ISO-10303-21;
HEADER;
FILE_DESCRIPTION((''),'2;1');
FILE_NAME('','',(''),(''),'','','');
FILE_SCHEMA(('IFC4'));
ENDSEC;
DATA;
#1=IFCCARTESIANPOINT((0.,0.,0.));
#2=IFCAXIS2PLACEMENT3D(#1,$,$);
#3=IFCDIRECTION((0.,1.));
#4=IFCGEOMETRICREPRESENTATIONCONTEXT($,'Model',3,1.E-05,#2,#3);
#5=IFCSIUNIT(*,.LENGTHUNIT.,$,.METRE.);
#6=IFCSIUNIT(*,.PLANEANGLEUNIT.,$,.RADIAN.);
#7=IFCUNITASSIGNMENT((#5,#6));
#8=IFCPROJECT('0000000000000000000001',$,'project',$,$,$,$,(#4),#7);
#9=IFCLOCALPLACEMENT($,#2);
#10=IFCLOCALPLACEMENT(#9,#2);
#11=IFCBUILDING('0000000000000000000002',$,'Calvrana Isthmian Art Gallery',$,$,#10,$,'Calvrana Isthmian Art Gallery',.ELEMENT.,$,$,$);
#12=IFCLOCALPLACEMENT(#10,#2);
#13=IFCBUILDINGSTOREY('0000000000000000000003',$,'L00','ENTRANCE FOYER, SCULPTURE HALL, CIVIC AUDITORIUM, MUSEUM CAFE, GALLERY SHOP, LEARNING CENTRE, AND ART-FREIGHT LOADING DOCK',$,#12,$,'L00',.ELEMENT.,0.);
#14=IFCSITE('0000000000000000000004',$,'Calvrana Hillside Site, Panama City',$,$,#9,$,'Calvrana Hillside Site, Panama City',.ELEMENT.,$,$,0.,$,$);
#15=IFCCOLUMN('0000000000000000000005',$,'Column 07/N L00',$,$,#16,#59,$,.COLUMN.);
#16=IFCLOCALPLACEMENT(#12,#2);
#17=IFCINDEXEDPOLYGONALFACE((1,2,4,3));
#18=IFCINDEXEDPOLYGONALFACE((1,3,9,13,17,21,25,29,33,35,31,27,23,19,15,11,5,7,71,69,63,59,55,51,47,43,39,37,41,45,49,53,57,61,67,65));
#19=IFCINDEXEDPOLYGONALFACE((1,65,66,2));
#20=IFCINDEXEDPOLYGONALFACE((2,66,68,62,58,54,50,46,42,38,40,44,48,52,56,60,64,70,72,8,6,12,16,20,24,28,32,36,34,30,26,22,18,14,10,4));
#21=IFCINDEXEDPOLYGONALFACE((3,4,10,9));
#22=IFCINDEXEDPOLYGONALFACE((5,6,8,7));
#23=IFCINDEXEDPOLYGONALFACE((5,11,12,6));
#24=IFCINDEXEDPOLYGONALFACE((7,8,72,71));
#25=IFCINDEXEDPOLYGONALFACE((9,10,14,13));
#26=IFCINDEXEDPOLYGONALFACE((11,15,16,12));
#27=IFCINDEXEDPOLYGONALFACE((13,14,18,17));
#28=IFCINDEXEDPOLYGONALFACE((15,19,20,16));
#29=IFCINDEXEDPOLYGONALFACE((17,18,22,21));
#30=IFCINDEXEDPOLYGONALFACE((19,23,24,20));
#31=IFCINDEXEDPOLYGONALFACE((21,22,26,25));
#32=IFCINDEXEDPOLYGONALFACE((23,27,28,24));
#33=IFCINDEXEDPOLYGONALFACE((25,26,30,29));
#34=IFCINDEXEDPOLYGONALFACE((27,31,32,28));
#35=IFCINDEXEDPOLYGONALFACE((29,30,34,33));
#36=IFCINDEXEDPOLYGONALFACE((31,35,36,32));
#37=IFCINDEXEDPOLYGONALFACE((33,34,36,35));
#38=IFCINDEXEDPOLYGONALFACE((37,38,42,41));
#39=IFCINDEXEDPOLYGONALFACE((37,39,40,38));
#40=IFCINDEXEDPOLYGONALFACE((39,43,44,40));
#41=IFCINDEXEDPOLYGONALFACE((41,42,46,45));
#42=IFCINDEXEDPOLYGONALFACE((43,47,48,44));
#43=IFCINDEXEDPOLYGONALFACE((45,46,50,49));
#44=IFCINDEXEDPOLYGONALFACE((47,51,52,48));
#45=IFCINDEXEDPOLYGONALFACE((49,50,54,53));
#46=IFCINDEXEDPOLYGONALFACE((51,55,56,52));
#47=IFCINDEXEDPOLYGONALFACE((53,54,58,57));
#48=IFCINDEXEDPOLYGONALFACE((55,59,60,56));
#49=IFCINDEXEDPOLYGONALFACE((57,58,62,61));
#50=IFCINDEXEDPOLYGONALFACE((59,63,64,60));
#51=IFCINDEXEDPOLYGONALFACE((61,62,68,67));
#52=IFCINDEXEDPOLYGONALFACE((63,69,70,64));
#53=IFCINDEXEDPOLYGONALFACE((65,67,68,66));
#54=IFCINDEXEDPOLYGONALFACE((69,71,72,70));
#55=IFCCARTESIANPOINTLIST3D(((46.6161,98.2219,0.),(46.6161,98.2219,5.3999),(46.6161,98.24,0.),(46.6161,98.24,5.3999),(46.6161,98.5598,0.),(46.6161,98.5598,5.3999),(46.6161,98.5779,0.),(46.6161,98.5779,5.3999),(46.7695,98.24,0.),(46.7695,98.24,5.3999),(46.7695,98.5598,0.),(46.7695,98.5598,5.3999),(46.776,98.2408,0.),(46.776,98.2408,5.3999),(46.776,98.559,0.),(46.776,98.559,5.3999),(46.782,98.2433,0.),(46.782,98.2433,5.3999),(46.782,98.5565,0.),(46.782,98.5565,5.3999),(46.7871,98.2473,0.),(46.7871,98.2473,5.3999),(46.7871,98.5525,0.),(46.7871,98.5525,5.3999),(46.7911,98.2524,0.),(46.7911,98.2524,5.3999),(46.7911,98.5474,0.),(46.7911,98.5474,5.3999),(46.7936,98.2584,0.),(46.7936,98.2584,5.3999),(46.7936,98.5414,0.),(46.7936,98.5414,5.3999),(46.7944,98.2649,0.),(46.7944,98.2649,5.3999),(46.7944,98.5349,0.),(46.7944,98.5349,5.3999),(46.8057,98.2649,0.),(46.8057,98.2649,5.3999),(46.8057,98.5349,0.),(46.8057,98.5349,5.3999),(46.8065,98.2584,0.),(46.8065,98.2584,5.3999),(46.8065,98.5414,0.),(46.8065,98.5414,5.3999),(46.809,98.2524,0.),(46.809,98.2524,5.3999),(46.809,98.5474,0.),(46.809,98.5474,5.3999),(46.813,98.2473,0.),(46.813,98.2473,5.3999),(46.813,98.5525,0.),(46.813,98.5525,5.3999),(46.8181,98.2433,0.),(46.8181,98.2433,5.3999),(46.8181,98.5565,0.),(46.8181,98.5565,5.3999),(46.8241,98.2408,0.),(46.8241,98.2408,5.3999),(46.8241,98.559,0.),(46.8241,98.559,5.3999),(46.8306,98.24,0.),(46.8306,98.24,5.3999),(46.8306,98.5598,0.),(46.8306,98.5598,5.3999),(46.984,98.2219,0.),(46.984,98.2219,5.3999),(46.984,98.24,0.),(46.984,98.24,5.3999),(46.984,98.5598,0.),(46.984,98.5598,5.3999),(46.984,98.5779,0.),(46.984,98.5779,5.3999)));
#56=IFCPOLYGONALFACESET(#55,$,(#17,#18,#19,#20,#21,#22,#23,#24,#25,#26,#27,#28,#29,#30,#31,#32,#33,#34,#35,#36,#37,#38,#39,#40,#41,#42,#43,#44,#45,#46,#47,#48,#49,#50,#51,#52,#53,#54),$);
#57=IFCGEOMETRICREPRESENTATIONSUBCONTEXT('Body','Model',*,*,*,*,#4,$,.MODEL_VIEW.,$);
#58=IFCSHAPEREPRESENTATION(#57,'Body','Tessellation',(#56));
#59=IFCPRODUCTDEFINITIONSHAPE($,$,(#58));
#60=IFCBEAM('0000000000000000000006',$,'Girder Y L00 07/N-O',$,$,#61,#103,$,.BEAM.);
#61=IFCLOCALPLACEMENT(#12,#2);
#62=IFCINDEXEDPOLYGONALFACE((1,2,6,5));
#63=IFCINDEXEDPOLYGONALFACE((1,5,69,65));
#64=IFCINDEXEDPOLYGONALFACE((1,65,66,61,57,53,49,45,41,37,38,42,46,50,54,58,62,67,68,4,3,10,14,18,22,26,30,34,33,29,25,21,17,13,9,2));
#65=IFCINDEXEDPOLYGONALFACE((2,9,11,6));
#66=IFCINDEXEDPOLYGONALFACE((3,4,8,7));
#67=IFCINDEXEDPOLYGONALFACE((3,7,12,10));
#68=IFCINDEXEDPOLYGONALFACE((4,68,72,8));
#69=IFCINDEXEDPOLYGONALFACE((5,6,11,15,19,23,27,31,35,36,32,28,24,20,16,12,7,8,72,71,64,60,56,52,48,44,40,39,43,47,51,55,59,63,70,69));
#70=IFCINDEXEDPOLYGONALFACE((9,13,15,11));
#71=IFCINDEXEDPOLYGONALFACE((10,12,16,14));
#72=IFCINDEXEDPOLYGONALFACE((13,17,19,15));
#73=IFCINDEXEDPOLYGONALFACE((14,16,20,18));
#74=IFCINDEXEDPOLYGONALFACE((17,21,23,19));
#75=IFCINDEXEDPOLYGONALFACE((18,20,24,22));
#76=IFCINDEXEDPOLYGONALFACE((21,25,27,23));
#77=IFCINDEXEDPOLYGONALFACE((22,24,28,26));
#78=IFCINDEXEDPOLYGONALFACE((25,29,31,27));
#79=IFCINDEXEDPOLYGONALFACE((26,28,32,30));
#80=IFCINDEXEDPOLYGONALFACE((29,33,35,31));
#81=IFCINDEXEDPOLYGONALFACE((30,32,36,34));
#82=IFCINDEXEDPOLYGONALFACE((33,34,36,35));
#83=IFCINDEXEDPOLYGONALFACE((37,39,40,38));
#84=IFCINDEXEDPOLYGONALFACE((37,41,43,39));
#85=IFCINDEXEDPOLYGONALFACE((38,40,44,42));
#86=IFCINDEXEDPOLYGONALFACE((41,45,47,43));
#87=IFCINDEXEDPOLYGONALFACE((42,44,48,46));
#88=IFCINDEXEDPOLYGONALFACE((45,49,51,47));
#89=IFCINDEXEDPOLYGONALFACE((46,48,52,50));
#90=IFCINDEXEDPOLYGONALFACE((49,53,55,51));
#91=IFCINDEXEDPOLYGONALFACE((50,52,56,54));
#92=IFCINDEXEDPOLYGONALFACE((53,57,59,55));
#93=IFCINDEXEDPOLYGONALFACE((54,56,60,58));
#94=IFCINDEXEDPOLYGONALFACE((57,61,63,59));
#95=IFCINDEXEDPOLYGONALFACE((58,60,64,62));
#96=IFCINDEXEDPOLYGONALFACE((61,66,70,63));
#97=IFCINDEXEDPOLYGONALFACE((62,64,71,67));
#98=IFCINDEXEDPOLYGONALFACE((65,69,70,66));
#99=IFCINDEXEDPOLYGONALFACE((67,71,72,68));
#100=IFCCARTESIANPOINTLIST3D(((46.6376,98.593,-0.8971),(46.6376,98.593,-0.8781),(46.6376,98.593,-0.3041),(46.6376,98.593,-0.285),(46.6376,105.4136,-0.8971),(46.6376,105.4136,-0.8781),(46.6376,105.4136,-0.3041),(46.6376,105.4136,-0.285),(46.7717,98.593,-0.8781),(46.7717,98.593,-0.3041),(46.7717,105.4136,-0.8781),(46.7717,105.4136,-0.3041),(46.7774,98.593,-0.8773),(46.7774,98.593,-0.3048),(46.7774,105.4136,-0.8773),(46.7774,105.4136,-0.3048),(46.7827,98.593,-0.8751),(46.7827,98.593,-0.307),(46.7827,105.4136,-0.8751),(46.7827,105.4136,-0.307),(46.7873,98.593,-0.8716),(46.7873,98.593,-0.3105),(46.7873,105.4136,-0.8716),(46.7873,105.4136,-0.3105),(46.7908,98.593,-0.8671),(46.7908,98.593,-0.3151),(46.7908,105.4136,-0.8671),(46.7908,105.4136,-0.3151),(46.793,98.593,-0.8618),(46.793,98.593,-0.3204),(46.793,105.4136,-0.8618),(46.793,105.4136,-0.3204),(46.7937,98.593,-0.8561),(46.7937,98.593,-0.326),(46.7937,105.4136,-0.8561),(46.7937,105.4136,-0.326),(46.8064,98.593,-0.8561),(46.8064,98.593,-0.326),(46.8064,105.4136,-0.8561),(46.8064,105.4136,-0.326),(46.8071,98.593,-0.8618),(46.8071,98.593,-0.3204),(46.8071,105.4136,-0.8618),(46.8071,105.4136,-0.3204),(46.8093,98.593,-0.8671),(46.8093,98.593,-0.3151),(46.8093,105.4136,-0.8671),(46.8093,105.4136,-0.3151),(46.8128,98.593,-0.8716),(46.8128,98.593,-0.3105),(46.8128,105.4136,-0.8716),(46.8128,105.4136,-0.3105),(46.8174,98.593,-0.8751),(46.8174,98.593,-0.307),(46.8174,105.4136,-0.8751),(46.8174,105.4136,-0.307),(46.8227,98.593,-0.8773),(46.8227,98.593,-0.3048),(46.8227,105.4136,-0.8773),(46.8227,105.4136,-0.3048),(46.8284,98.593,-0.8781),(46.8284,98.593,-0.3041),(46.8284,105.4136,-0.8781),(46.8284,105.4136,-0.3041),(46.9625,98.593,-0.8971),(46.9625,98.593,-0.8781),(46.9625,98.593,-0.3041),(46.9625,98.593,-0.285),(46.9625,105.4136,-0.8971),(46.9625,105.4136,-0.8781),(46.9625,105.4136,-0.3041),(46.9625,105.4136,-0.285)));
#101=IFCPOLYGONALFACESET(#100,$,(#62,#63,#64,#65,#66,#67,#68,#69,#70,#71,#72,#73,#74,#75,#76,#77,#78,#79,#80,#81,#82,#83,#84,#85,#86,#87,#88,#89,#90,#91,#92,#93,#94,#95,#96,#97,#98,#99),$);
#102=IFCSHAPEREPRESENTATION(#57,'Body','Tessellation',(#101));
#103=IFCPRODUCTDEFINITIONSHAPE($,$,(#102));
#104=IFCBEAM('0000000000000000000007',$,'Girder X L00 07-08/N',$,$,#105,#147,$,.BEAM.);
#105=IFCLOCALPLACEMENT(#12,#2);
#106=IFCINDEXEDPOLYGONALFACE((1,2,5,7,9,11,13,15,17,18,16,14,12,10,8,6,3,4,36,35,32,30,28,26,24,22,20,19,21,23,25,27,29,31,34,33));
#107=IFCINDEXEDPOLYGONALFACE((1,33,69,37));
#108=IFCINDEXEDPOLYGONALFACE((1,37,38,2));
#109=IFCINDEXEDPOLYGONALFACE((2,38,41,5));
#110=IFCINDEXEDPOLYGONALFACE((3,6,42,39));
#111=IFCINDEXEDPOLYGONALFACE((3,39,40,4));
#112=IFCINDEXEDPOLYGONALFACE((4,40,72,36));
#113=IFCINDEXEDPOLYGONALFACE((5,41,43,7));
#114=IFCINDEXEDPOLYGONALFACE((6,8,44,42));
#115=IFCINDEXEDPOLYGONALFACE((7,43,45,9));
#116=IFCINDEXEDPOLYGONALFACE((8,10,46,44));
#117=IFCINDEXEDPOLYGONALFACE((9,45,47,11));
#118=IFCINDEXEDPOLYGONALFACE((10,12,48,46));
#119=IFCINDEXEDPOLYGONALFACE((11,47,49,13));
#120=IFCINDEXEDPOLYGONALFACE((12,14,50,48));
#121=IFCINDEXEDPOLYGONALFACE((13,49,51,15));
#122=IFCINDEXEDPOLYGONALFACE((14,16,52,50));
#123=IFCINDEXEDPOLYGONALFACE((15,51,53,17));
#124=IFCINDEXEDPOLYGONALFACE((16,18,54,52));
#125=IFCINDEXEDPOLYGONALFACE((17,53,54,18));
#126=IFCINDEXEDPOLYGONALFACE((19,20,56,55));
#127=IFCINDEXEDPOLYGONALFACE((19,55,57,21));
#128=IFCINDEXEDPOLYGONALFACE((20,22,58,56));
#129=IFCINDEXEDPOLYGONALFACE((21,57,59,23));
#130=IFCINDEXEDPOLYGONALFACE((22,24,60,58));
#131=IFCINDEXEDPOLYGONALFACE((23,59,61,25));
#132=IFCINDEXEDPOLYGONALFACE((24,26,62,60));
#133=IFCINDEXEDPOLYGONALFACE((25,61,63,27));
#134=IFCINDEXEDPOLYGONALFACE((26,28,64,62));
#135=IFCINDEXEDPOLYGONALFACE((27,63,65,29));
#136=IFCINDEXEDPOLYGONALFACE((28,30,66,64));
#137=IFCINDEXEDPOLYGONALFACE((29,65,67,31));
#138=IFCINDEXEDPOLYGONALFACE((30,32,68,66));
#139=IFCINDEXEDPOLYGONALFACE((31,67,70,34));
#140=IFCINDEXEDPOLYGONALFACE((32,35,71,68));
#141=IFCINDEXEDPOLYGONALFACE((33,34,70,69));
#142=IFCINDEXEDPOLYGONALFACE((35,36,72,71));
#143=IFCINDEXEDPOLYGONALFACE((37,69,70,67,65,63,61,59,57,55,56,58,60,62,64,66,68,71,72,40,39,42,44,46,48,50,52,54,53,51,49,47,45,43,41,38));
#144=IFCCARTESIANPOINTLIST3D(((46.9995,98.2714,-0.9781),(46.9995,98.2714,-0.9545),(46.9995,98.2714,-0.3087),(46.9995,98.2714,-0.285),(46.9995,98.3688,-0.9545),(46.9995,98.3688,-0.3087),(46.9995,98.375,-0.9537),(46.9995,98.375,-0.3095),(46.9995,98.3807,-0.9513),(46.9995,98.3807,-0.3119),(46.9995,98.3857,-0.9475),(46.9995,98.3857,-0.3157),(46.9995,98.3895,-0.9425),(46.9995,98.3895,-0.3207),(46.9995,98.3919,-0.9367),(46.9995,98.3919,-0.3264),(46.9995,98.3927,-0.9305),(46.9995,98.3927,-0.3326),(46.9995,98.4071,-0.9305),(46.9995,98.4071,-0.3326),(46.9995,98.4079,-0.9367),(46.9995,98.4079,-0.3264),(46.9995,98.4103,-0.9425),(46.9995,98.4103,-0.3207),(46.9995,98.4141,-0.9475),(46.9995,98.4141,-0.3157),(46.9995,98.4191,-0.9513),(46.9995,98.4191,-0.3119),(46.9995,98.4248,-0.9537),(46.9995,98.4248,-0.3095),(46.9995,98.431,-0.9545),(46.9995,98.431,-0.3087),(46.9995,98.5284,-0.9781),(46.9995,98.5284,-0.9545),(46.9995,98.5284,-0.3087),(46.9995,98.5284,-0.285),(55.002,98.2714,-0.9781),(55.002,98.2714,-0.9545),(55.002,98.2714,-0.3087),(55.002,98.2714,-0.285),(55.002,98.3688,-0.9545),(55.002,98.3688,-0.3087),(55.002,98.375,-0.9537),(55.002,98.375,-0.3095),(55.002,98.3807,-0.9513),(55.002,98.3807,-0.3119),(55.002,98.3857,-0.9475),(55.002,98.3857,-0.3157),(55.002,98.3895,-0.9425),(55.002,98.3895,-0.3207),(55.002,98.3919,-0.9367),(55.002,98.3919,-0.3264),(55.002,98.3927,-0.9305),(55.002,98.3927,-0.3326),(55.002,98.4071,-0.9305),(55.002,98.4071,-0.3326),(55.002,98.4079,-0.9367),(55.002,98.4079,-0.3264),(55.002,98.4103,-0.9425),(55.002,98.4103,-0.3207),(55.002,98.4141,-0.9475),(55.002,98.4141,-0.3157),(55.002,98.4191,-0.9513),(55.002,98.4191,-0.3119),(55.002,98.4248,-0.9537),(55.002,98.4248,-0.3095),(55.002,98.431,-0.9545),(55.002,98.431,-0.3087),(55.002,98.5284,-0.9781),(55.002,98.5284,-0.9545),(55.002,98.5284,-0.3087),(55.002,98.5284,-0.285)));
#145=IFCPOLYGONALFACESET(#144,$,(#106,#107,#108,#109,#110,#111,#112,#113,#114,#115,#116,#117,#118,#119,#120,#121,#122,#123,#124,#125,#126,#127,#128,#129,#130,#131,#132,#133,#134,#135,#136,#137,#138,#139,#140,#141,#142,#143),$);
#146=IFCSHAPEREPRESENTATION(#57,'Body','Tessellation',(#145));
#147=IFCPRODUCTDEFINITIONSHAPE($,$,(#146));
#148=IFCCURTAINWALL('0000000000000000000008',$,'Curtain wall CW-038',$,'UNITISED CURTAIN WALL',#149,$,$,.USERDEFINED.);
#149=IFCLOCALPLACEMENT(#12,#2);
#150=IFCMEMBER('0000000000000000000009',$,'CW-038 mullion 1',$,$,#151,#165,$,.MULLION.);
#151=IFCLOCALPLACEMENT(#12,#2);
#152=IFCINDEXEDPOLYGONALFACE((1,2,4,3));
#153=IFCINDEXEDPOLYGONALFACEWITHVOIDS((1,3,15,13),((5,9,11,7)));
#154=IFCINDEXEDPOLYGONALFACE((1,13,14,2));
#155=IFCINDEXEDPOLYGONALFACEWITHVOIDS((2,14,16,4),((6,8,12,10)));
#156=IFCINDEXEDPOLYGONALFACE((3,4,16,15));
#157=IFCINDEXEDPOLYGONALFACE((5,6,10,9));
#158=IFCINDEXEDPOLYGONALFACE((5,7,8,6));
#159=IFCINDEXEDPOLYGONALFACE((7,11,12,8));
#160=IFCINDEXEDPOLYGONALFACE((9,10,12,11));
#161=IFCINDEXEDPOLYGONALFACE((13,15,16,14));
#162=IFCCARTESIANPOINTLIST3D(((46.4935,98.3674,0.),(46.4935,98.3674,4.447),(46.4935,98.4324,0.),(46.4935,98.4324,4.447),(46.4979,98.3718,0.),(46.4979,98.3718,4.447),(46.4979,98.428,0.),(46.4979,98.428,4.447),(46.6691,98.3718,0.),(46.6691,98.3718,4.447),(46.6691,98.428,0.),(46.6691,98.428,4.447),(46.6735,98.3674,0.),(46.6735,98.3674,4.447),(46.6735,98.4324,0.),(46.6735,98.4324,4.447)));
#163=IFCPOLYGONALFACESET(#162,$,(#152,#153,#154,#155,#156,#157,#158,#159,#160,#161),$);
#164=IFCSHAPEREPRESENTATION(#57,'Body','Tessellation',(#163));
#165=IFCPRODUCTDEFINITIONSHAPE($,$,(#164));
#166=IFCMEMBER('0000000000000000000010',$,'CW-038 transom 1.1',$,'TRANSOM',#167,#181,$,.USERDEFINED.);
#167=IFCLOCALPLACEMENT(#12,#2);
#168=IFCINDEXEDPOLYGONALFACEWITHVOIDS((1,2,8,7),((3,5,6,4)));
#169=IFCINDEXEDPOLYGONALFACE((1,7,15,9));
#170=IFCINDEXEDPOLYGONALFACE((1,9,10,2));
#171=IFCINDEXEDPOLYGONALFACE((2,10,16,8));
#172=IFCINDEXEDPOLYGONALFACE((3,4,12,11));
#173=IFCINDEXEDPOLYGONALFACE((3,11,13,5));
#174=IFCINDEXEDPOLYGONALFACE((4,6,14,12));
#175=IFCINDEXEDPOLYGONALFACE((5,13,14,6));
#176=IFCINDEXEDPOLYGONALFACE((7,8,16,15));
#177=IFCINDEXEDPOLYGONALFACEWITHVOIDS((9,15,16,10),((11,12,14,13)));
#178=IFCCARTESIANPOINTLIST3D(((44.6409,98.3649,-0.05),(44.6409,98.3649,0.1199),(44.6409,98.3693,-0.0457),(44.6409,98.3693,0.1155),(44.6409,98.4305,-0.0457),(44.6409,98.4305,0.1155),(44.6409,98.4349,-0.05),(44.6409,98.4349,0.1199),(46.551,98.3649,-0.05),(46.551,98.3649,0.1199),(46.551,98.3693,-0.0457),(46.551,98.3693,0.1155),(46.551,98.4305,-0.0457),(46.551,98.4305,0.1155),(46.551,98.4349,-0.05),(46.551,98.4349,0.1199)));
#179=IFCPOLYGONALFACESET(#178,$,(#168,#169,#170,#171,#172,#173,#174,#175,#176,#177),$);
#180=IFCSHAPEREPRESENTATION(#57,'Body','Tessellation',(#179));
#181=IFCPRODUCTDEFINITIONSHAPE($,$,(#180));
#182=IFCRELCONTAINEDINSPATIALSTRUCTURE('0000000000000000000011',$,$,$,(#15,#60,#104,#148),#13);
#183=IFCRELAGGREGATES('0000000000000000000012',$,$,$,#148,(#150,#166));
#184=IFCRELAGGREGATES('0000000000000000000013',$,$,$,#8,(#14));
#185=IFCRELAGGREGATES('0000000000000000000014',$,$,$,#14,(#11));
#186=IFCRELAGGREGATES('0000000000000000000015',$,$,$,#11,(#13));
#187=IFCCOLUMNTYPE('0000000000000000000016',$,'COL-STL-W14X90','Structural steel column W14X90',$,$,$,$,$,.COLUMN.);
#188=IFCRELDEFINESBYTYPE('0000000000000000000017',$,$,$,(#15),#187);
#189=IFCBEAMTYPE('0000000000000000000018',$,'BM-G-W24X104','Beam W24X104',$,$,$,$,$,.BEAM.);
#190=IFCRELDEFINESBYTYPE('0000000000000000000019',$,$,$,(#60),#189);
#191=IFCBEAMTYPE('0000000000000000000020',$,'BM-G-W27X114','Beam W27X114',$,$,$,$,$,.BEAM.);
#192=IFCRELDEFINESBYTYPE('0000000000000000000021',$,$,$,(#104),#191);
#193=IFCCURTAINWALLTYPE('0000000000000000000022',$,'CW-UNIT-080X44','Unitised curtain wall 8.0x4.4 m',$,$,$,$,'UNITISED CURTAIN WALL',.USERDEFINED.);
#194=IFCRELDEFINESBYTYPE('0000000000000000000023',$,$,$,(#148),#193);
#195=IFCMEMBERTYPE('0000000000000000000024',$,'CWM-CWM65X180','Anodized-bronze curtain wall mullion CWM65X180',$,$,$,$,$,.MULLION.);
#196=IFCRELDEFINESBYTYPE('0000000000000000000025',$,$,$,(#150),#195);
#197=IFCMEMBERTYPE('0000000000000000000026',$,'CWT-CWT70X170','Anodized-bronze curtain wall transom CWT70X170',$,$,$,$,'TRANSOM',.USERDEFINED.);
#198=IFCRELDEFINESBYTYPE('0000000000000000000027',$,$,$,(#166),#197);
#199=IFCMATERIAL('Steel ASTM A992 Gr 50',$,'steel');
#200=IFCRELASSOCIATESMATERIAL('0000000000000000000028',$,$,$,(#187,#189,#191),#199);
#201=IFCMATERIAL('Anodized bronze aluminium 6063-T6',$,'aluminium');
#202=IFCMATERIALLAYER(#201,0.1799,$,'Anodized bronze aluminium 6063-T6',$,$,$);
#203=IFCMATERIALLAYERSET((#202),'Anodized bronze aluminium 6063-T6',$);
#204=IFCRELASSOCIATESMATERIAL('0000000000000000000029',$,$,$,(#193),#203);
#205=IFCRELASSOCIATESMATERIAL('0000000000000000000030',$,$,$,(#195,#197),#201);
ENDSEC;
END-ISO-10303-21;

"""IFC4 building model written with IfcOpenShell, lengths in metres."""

from ifc_helpers import new_model, si_unit, direction, frame, origin, origin_2d, place, context, subcontext, project, spatial, hollow_rectangle, i_section, extrude, material, layer, layer_set, material_profile, profile_set, type_object, element, aggregate, save


model = new_model("IFC4")

# Units and contexts
model_context = context("Model", 3, precision=1e-05, world=origin(), true_north=direction((0.0, 1.0)))
body_context = subcontext(model_context, "Body", "Model", "MODEL_VIEW")
ifc_project = project(units=[si_unit("LENGTHUNIT", "METRE"), si_unit("PLANEANGLEUNIT", "RADIAN")], contexts=[model_context])

# Site, building, storey
site_placement = place(None, origin())
site = spatial("IfcSite", under=ifc_project, at=site_placement, Name="Calvrana Hillside Site, Panama City", LongName="Calvrana Hillside Site, Panama City", CompositionType="ELEMENT", RefElevation=0.0)
building_placement = place(site_placement, origin())
building = spatial("IfcBuilding", under=site, at=building_placement, Name="Calvrana Isthmian Art Gallery", LongName="Calvrana Isthmian Art Gallery", CompositionType="ELEMENT")
storey_placement = place(building_placement, origin())
storey = spatial("IfcBuildingStorey", under=building, at=storey_placement, Name="L00", Description="ENTRANCE FOYER, SCULPTURE HALL, CIVIC AUDITORIUM, MUSEUM CAFE, GALLERY SHOP, LEARNING CENTRE, AND ART-FREIGHT LOADING DOCK", LongName="L00", CompositionType="ELEMENT", Elevation=0.0)

# Column
ifc_material_1 = material(Name="Steel ASTM A992 Gr 50", Category="steel")
ifc_material_profile_1 = material_profile(ifc_material_1, i_section(OverallWidth=0.3679, OverallDepth=0.356, WebThickness=0.0112, FlangeThickness=0.0181, FilletRadius=0.0249, at=origin_2d()), Name="W14X90")
ifc_profile_set_1 = profile_set([ifc_material_profile_1], Name="Steel ASTM A992 Gr 50")
column_type = type_object("IfcColumnType", Name="COL-STL-W14X90", Description="Structural steel column W14X90", PredefinedType="COLUMN", material=ifc_profile_set_1)
column_placement = place(storey_placement, frame((46.8, 98.3999, 0.0), z_axis=(0.0, 0.0, 1.0), x_axis=(1.0, 0.0, 0.0)))
element("IfcColumn", 1, at=column_placement, inside=storey, type_object=column_type, Name="Column 07/N L00", PredefinedType="COLUMN", context=body_context, shape_type="SweptSolid", body=[
    extrude(i_section(OverallWidth=0.3679, OverallDepth=0.356, WebThickness=0.0112, FlangeThickness=0.0181, FilletRadius=0.0249, at=origin_2d()), origin(), (0.0, 0.0, 1.0), 5.3999),
])

# Beams
ifc_material_profile_2 = material_profile(ifc_material_1, i_section(OverallWidth=0.325, OverallDepth=0.6121, WebThickness=0.0127, FlangeThickness=0.019, FilletRadius=0.022, at=origin_2d()), Name="W24X104")
ifc_profile_set_2 = profile_set([ifc_material_profile_2], Name="Steel ASTM A992 Gr 50")
beam_type_1 = type_object("IfcBeamType", Name="BM-G-W24X104", Description="Beam W24X104", PredefinedType="BEAM", material=ifc_profile_set_2)
beam_1_placement = place(storey_placement, frame((46.8, 98.593, -0.5911), z_axis=(0.0, 1.0, 0.0), x_axis=(-1.0, 0.0, 0.0)))
element("IfcBeam", 2, at=beam_1_placement, inside=storey, type_object=beam_type_1, Name="Girder Y L00 07/N-O", PredefinedType="BEAM", context=body_context, shape_type="SweptSolid", body=[
    extrude(i_section(OverallWidth=0.325, OverallDepth=0.6121, WebThickness=0.0127, FlangeThickness=0.019, FilletRadius=0.022, at=origin_2d()), origin(), (0.0, 0.0, 1.0), 6.8206),
])
ifc_material_profile_3 = material_profile(ifc_material_1, i_section(OverallWidth=0.2571, OverallDepth=0.6931, WebThickness=0.0144, FlangeThickness=0.0237, FilletRadius=0.0239, at=origin_2d()), Name="W27X114")
ifc_profile_set_3 = profile_set([ifc_material_profile_3], Name="Steel ASTM A992 Gr 50")
beam_type_2 = type_object("IfcBeamType", Name="BM-G-W27X114", Description="Beam W27X114", PredefinedType="BEAM", material=ifc_profile_set_3)
beam_2_placement = place(storey_placement, frame((46.9995, 98.3999, -0.6316), z_axis=(1.0, 0.0, 0.0), x_axis=(0.0, 1.0, 0.0)))
element("IfcBeam", 3, at=beam_2_placement, inside=storey, type_object=beam_type_2, Name="Girder X L00 07-08/N", PredefinedType="BEAM", context=body_context, shape_type="SweptSolid", body=[
    extrude(i_section(OverallWidth=0.2571, OverallDepth=0.6931, WebThickness=0.0144, FlangeThickness=0.0237, FilletRadius=0.0239, at=origin_2d()), origin(), (0.0, 0.0, 1.0), 8.0024),
])

# Curtain wall, members
ifc_material_2 = material(Name="Anodized bronze aluminium 6063-T6", Category="aluminium")
ifc_layer_1 = layer(ifc_material_2, 0.1799, Name="Anodized bronze aluminium 6063-T6")
ifc_layer_set_1 = layer_set([ifc_layer_1], Name="Anodized bronze aluminium 6063-T6")
curtain_wall_type = type_object("IfcCurtainWallType", Name="CW-UNIT-080X44", Description="Unitised curtain wall 8.0x4.4 m", ElementType="UNITISED CURTAIN WALL", PredefinedType="USERDEFINED", material=ifc_layer_set_1)
curtain_wall_placement = place(storey_placement, origin())
curtain_wall = element("IfcCurtainWall", 4, at=curtain_wall_placement, inside=storey, type_object=curtain_wall_type, Name="Curtain wall CW-038", ObjectType="UNITISED CURTAIN WALL", PredefinedType="USERDEFINED")
ifc_material_profile_4 = material_profile(ifc_material_2, hollow_rectangle(XDim=0.0649, YDim=0.1799, WallThickness=0.0044, at=origin_2d()), Name="CWM65X180")
ifc_profile_set_4 = profile_set([ifc_material_profile_4], Name="Anodized bronze aluminium 6063-T6")
member_type_1 = type_object("IfcMemberType", Name="CWM-CWM65X180", Description="Anodized-bronze curtain wall mullion CWM65X180", PredefinedType="MULLION", material=ifc_profile_set_4)
member_1_placement = place(storey_placement, frame((46.5835, 98.3999, 0.0), z_axis=(0.0, 0.0, 1.0), x_axis=(0.0, -1.0, 0.0)))
member_1 = element("IfcMember", 5, at=member_1_placement, type_object=member_type_1, Name="CW-038 mullion 1", PredefinedType="MULLION", context=body_context, shape_type="SweptSolid", body=[
    extrude(hollow_rectangle(XDim=0.0649, YDim=0.1799, WallThickness=0.0044, at=origin_2d()), origin(), (0.0, 0.0, 1.0), 4.447),
])
ifc_material_profile_5 = material_profile(ifc_material_2, hollow_rectangle(XDim=0.0701, YDim=0.1699, WallThickness=0.0044, at=origin_2d()), Name="CWT70X170")
ifc_profile_set_5 = profile_set([ifc_material_profile_5], Name="Anodized bronze aluminium 6063-T6")
member_type_2 = type_object("IfcMemberType", Name="CWT-CWT70X170", Description="Anodized-bronze curtain wall transom CWT70X170", ElementType="TRANSOM", PredefinedType="USERDEFINED", material=ifc_profile_set_5)
member_2_placement = place(storey_placement, frame((46.551, 98.3999, 0.0349), z_axis=(-1.0, 0.0, 0.0), x_axis=(0.0, -1.0, 0.0)))
member_2 = element("IfcMember", 6, at=member_2_placement, type_object=member_type_2, Name="CW-038 transom 1.1", ObjectType="TRANSOM", PredefinedType="USERDEFINED", context=body_context, shape_type="SweptSolid", body=[
    extrude(hollow_rectangle(XDim=0.0701, YDim=0.1699, WallThickness=0.0044, at=origin_2d()), origin(), (0.0, 0.0, 1.0), 1.9102),
])
aggregate(curtain_wall, [member_1, member_2])

save(model, "model.ifc")
